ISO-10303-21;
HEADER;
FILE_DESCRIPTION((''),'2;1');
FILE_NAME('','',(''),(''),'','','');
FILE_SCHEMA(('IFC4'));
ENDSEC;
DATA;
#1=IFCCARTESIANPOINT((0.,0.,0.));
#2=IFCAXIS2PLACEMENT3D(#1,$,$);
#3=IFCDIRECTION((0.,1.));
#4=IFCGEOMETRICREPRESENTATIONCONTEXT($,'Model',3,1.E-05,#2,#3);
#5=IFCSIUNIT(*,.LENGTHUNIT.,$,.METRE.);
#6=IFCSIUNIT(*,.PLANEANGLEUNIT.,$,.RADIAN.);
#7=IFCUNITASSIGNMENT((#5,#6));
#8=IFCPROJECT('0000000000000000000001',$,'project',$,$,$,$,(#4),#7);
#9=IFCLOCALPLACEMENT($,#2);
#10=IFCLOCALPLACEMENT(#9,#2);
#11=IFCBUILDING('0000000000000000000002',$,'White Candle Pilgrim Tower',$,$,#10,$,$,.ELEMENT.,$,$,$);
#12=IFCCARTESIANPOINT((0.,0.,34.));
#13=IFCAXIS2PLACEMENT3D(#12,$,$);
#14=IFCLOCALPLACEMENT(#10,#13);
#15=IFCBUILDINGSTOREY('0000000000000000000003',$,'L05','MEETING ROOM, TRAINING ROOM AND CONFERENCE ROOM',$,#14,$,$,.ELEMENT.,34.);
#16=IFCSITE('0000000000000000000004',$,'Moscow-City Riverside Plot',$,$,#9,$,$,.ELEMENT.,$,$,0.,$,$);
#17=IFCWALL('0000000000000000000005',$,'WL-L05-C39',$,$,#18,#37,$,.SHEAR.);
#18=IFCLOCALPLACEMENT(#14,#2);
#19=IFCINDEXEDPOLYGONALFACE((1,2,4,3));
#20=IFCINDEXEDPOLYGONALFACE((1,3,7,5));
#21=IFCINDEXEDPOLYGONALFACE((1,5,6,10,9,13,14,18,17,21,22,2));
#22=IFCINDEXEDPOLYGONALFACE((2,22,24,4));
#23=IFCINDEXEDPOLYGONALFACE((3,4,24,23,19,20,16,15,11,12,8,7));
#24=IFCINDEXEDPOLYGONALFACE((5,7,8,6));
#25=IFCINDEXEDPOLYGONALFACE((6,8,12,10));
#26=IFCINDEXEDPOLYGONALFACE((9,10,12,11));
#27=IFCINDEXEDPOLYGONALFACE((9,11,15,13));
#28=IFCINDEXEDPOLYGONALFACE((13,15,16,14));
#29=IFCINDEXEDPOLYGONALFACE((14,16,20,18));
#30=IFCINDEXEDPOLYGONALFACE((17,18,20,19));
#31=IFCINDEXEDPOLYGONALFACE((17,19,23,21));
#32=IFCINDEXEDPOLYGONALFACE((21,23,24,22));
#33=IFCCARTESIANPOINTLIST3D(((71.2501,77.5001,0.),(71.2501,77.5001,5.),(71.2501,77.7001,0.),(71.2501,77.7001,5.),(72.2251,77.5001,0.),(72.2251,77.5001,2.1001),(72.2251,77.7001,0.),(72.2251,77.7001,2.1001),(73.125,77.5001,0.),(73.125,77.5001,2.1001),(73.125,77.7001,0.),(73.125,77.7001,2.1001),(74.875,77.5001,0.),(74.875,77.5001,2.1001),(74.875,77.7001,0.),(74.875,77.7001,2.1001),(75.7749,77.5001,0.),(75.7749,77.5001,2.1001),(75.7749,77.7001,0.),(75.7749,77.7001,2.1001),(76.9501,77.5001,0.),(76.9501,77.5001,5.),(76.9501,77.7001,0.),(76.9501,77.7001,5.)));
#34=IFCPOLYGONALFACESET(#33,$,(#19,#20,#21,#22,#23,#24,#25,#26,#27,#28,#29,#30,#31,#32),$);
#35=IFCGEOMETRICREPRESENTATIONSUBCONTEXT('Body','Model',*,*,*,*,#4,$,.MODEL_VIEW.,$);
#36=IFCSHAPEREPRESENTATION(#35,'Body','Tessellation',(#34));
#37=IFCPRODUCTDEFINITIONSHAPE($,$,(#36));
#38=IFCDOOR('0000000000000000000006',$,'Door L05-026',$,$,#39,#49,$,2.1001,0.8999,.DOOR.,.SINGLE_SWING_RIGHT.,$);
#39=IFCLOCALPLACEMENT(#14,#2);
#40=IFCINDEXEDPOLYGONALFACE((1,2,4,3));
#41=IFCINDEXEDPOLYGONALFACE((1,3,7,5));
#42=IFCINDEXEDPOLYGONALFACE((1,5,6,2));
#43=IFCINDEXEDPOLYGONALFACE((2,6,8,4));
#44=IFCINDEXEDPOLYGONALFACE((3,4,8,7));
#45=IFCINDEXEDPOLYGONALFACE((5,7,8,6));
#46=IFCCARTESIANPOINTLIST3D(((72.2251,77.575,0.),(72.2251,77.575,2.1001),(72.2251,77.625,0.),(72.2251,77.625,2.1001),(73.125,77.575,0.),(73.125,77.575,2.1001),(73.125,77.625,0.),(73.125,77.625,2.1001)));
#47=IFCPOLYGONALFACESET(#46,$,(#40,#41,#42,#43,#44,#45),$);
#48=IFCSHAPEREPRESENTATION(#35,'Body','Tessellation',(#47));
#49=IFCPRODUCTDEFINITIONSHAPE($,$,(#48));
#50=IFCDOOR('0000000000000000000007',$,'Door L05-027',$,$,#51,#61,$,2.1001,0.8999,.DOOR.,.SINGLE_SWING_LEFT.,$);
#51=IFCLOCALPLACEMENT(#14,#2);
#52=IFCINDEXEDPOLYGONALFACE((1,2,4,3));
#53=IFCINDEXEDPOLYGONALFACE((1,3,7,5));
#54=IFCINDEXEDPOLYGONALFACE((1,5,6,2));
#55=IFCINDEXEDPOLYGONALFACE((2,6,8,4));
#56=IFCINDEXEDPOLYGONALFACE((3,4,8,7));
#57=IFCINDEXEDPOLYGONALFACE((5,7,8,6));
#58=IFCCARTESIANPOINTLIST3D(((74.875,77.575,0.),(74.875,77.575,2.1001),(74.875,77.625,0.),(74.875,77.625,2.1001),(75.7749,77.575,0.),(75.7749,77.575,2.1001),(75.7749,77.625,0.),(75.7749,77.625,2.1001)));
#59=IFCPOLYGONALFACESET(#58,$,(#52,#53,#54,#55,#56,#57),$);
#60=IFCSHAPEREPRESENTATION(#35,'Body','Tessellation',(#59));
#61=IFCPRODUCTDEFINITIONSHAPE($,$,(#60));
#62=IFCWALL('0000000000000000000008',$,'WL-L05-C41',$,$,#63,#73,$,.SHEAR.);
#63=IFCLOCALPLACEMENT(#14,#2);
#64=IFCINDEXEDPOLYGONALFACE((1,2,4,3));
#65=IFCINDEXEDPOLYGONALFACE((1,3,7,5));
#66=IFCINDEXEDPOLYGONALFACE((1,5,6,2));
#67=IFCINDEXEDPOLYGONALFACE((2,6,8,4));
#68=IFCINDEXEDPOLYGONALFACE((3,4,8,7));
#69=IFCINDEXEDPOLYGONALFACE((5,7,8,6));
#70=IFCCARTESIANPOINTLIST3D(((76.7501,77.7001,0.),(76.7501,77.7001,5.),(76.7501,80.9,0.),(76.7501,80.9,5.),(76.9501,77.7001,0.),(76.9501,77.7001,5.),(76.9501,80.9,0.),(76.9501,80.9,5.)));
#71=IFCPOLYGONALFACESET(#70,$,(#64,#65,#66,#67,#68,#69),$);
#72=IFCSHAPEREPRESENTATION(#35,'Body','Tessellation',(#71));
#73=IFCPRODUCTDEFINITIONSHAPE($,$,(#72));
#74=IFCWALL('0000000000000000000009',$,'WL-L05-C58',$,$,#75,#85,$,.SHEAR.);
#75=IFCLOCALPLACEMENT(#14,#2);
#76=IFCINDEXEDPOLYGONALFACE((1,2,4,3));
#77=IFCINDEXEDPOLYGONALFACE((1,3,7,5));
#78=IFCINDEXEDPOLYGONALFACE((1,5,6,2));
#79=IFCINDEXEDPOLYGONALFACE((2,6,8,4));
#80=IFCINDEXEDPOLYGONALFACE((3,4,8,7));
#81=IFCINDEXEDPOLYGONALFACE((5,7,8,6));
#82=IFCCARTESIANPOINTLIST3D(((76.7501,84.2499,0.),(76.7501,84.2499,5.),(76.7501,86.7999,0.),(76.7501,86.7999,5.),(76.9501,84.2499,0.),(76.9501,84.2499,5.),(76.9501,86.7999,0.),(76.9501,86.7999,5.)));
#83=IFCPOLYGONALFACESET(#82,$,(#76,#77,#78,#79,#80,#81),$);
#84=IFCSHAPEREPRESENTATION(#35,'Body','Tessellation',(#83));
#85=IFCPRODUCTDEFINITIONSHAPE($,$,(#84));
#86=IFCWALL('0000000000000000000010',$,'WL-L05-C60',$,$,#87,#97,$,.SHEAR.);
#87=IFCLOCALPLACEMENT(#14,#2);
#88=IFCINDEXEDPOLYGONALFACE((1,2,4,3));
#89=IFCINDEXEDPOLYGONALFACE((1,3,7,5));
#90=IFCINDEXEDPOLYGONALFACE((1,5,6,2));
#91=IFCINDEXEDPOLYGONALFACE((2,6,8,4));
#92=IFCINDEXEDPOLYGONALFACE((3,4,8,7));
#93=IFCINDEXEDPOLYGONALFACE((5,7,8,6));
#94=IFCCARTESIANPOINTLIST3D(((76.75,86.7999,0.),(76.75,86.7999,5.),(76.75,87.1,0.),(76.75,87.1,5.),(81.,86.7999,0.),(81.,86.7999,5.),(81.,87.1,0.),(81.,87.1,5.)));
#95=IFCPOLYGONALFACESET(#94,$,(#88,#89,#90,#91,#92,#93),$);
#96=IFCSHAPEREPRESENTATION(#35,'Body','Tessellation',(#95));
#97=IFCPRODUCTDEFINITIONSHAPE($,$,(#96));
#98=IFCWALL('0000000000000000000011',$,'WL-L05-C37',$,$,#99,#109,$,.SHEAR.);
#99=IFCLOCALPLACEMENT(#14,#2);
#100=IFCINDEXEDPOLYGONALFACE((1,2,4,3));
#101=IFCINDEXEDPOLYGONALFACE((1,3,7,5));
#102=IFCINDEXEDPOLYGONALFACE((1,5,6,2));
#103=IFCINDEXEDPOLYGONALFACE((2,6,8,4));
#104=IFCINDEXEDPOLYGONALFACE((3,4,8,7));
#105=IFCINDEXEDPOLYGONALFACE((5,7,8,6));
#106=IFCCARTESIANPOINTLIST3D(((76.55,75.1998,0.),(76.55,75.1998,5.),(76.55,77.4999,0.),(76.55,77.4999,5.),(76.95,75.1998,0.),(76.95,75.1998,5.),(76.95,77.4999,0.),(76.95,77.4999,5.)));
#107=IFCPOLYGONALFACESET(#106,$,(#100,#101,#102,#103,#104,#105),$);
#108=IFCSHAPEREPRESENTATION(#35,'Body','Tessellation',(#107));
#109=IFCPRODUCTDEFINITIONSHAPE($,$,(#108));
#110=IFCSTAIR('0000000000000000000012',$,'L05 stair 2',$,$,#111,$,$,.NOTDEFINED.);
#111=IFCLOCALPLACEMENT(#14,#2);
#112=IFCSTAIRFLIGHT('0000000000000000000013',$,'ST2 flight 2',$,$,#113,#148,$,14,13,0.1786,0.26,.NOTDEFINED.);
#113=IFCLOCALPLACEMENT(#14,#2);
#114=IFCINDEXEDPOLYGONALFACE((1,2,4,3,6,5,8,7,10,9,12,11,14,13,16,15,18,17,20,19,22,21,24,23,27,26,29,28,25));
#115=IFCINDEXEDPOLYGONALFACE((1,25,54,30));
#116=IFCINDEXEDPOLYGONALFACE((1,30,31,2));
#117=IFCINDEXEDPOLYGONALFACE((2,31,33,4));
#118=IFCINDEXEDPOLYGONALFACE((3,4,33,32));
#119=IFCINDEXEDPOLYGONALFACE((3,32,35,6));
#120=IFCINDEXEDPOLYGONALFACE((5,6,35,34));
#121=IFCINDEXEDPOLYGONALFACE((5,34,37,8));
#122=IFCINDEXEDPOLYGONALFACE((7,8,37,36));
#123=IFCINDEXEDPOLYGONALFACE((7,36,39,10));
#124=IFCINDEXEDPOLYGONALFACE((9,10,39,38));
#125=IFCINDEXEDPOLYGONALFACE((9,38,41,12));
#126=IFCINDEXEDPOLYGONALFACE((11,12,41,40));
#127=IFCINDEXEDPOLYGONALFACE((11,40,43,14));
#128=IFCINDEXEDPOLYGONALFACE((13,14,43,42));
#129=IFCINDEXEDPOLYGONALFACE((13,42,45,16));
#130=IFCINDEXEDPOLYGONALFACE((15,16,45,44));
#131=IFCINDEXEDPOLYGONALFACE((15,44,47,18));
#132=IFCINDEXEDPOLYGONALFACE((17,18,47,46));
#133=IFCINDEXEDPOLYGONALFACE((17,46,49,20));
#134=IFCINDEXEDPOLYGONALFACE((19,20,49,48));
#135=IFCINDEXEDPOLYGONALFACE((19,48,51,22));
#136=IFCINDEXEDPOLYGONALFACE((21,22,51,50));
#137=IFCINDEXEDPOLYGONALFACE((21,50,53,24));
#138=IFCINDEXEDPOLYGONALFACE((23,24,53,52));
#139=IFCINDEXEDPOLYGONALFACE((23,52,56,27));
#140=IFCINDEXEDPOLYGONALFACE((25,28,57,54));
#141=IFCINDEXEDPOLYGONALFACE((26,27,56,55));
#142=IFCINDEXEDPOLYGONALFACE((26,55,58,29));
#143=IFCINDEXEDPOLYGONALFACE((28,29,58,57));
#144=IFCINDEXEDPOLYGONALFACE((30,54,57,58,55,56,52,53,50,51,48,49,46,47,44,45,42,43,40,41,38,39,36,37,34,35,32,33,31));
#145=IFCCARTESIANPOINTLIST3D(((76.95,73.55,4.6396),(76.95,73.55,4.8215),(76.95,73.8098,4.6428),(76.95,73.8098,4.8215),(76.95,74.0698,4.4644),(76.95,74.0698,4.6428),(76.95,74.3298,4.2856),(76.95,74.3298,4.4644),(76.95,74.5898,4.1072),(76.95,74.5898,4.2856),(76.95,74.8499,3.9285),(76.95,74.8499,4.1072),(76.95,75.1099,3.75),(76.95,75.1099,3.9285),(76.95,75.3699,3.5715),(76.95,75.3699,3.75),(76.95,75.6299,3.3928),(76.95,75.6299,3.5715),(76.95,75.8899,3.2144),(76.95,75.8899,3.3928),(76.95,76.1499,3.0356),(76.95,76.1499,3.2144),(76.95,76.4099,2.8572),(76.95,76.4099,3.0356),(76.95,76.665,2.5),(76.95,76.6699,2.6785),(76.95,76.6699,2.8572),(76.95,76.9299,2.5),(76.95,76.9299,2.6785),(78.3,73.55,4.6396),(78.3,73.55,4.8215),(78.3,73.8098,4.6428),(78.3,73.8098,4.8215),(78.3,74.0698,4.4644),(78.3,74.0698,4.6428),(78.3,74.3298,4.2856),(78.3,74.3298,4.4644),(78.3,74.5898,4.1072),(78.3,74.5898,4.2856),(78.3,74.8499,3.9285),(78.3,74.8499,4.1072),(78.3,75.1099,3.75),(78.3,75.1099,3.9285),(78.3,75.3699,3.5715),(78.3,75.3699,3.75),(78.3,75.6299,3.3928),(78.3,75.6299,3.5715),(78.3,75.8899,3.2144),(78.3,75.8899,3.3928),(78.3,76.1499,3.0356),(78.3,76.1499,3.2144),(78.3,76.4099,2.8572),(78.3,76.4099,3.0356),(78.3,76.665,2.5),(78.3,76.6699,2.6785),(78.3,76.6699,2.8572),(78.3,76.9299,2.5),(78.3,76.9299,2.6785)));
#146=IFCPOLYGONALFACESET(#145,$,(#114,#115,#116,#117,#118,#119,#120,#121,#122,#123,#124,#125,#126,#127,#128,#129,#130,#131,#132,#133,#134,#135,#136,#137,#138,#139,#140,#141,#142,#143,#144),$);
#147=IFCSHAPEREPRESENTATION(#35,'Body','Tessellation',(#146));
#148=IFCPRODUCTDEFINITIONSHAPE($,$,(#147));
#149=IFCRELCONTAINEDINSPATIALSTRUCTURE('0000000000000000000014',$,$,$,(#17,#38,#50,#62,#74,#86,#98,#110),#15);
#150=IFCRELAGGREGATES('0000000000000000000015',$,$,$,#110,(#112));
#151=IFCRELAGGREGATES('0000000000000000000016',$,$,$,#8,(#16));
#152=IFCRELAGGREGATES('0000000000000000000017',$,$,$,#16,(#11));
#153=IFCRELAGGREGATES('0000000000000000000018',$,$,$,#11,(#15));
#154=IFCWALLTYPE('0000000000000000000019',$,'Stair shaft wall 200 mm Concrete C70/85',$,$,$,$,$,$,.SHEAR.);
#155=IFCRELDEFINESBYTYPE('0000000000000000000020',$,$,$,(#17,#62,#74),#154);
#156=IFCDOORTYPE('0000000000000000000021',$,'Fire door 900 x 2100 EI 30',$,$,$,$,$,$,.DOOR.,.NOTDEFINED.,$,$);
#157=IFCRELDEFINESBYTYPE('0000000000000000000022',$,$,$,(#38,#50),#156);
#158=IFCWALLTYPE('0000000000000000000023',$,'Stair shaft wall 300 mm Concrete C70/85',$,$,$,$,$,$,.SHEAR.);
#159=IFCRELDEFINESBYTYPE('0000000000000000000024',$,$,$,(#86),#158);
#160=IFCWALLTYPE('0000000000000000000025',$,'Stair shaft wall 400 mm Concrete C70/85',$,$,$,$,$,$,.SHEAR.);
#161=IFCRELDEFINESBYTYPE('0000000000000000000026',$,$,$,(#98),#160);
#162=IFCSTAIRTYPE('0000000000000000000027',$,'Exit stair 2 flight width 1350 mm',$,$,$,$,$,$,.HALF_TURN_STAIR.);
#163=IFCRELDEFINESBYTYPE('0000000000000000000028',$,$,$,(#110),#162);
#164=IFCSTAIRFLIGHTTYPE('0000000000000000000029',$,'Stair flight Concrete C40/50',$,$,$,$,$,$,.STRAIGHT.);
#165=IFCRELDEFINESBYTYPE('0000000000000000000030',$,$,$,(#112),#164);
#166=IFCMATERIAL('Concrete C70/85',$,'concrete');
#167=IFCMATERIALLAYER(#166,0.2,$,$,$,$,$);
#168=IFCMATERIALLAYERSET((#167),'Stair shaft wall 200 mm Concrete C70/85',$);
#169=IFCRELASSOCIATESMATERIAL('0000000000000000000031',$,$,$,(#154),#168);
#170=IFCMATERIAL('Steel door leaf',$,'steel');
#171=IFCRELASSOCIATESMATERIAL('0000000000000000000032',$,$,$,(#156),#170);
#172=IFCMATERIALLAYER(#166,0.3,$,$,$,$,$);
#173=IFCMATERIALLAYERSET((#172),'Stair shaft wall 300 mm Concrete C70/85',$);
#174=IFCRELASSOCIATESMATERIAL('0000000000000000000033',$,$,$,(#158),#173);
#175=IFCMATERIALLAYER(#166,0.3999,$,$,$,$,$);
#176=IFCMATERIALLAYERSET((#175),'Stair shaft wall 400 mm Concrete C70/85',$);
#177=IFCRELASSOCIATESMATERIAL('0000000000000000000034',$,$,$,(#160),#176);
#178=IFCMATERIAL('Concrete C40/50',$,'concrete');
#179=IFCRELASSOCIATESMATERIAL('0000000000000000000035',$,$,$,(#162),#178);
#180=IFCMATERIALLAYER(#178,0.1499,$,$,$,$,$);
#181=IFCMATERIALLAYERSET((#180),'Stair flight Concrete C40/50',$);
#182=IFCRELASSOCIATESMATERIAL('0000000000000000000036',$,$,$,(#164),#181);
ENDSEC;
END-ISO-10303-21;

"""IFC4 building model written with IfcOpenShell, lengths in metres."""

from ifc_helpers import new_model, si_unit, direction, frame, frame_2d, origin, place, context, subcontext, project, spatial, polyline, rectangle, outline, extrude, material, layer, layer_set, type_object, element, fill, aggregate, save


model = new_model("IFC4")

# Units and contexts
model_context = context("Model", 3, precision=1e-05, world=origin(), true_north=direction((0.0, 1.0)))
body_context = subcontext(model_context, "Body", "Model", "MODEL_VIEW")
ifc_project = project(units=[si_unit("LENGTHUNIT", "METRE"), si_unit("PLANEANGLEUNIT", "RADIAN")], contexts=[model_context])

# Site, building, storey
site_placement = place(None, origin())
site = spatial("IfcSite", under=ifc_project, at=site_placement, Name="Moscow-City Riverside Plot", CompositionType="ELEMENT", RefElevation=0.0)
building_placement = place(site_placement, origin())
building = spatial("IfcBuilding", under=site, at=building_placement, Name="White Candle Pilgrim Tower", CompositionType="ELEMENT")
storey_placement = place(building_placement, frame((0.0, 0.0, 34.0)))
storey = spatial("IfcBuildingStorey", under=building, at=storey_placement, Name="L05", Description="MEETING ROOM, TRAINING ROOM AND CONFERENCE ROOM", CompositionType="ELEMENT", Elevation=34.0)

# Shared definitions
ifc_material_1 = material(Name="Concrete C70/85", Category="concrete")
ifc_material_2 = material(Name="Steel door leaf", Category="steel")

# Wall, openings, doors
ifc_layer_1 = layer(ifc_material_1, 0.2)
ifc_layer_set_1 = layer_set([ifc_layer_1], Name="Stair shaft wall 200 mm Concrete C70/85")
wall_type_1 = type_object("IfcWallType", Name="Stair shaft wall 200 mm Concrete C70/85", PredefinedType="SHEAR", material=ifc_layer_set_1)
wall_1_placement = place(storey_placement, frame((71.25, 77.6001, 0.0), z_axis=(0.0, 0.0, 1.0), x_axis=(1.0, 0.0, 0.0)))
wall_1 = element("IfcWall", 1, at=wall_1_placement, inside=storey, type_object=wall_type_1, Name="WL-L05-C39", PredefinedType="SHEAR", context=body_context, shape_type="SweptSolid", body=[
    extrude(rectangle(XDim=5.7, YDim=0.2, at=frame_2d((2.8501, 0.0))), origin(), (0.0, 0.0, 1.0), 5.0),
])
opening_1_placement = place(wall_1_placement, frame((0.9751, 0.0, 0.0)))
opening_1 = element("IfcOpeningElement", 2, at=opening_1_placement, cuts=wall_1, PredefinedType="OPENING", context=body_context, shape_type="SweptSolid", body=[
    extrude(rectangle(XDim=0.8999, YDim=2.1001, at=frame_2d((0.45, 1.05))), frame((0.0, 0.1099, 0.0), z_axis=(0.0, -1.0, 0.0), x_axis=(1.0, 0.0, 0.0)), (0.0, 0.0, 1.0), 0.22),
])
opening_2_placement = place(wall_1_placement, frame((3.625, 0.0, 0.0)))
opening_2 = element("IfcOpeningElement", 3, at=opening_2_placement, cuts=wall_1, PredefinedType="OPENING", context=body_context, shape_type="SweptSolid", body=[
    extrude(rectangle(XDim=0.8999, YDim=2.1001, at=frame_2d((0.45, 1.05))), frame((0.0, 0.1099, 0.0), z_axis=(0.0, -1.0, 0.0), x_axis=(1.0, 0.0, 0.0)), (0.0, 0.0, 1.0), 0.22),
])
door_type_1 = type_object("IfcDoorType", Name="Fire door 900 x 2100 EI 30", OperationType="NOTDEFINED", PredefinedType="DOOR", material=ifc_material_2)
door_1_placement = place(opening_1_placement, origin())
door_1 = element("IfcDoor", 4, at=door_1_placement, inside=storey, type_object=door_type_1, Name="Door L05-026", OperationType="SINGLE_SWING_RIGHT", OverallHeight=2.1001, OverallWidth=0.8999, PredefinedType="DOOR", context=body_context, shape_type="SweptSolid", body=[
    extrude(rectangle(XDim=0.8999, YDim=2.1001, at=frame_2d((0.45, 1.05))), frame((0.0, 0.0249, 0.0), z_axis=(0.0, -1.0, 0.0), x_axis=(1.0, 0.0, 0.0)), (0.0, 0.0, 1.0), 0.05),
])
fill(opening_1, door_1)
door_2_placement = place(opening_2_placement, origin())
door_2 = element("IfcDoor", 5, at=door_2_placement, inside=storey, type_object=door_type_1, Name="Door L05-027", OperationType="SINGLE_SWING_LEFT", OverallHeight=2.1001, OverallWidth=0.8999, PredefinedType="DOOR", context=body_context, shape_type="SweptSolid", body=[
    extrude(rectangle(XDim=0.8999, YDim=2.1001, at=frame_2d((0.45, 1.05))), frame((0.0, 0.0249, 0.0), z_axis=(0.0, -1.0, 0.0), x_axis=(1.0, 0.0, 0.0)), (0.0, 0.0, 1.0), 0.05),
])
fill(opening_2, door_2)

# Walls
wall_2_placement = place(storey_placement, frame((76.8501, 77.7, 0.0), z_axis=(0.0, 0.0, 1.0), x_axis=(0.0, 1.0, 0.0)))
element("IfcWall", 6, at=wall_2_placement, inside=storey, type_object=wall_type_1, Name="WL-L05-C41", PredefinedType="SHEAR", context=body_context, shape_type="SweptSolid", body=[
    extrude(rectangle(XDim=3.2, YDim=0.2, at=frame_2d((1.6001, 0.0))), origin(), (0.0, 0.0, 1.0), 5.0),
])
wall_3_placement = place(storey_placement, frame((76.8501, 84.25, 0.0), z_axis=(0.0, 0.0, 1.0), x_axis=(0.0, 1.0, 0.0)))
element("IfcWall", 7, at=wall_3_placement, inside=storey, type_object=wall_type_1, Name="WL-L05-C58", PredefinedType="SHEAR", context=body_context, shape_type="SweptSolid", body=[
    extrude(rectangle(XDim=2.55, YDim=0.2, at=frame_2d((1.2749, 0.0))), origin(), (0.0, 0.0, 1.0), 5.0),
])
ifc_layer_2 = layer(ifc_material_1, 0.3)
ifc_layer_set_2 = layer_set([ifc_layer_2], Name="Stair shaft wall 300 mm Concrete C70/85")
wall_type_2 = type_object("IfcWallType", Name="Stair shaft wall 300 mm Concrete C70/85", PredefinedType="SHEAR", material=ifc_layer_set_2)
wall_4_placement = place(storey_placement, frame((76.75, 86.95, 0.0), z_axis=(0.0, 0.0, 1.0), x_axis=(1.0, 0.0, 0.0)))
element("IfcWall", 8, at=wall_4_placement, inside=storey, type_object=wall_type_2, Name="WL-L05-C60", PredefinedType="SHEAR", context=body_context, shape_type="SweptSolid", body=[
    extrude(rectangle(XDim=4.25, YDim=0.3, at=frame_2d((2.125, 0.0))), origin(), (0.0, 0.0, 1.0), 5.0),
])
ifc_layer_3 = layer(ifc_material_1, 0.3999)
ifc_layer_set_3 = layer_set([ifc_layer_3], Name="Stair shaft wall 400 mm Concrete C70/85")
wall_type_3 = type_object("IfcWallType", Name="Stair shaft wall 400 mm Concrete C70/85", PredefinedType="SHEAR", material=ifc_layer_set_3)
wall_5_placement = place(storey_placement, frame((76.75, 75.2, 0.0), z_axis=(0.0, 0.0, 1.0), x_axis=(0.0, 1.0, 0.0)))
element("IfcWall", 9, at=wall_5_placement, inside=storey, type_object=wall_type_3, Name="WL-L05-C37", PredefinedType="SHEAR", context=body_context, shape_type="SweptSolid", body=[
    extrude(rectangle(XDim=2.3, YDim=0.3999, at=frame_2d((1.1499, 0.0))), origin(), (0.0, 0.0, 1.0), 5.0),
])

# Stair, stair flight
ifc_material_3 = material(Name="Concrete C40/50", Category="concrete")
stair_type_1 = type_object("IfcStairType", Name="Exit stair 2 flight width 1350 mm", PredefinedType="HALF_TURN_STAIR", material=ifc_material_3)
stair_1_placement = place(storey_placement, origin())
stair_1 = element("IfcStair", 10, at=stair_1_placement, inside=storey, type_object=stair_type_1, Name="L05 stair 2", PredefinedType="NOTDEFINED")
ifc_layer_4 = layer(ifc_material_3, 0.1499)
ifc_layer_set_4 = layer_set([ifc_layer_4], Name="Stair flight Concrete C40/50")
stair_flight_type = type_object("IfcStairFlightType", Name="Stair flight Concrete C40/50", PredefinedType="STRAIGHT", material=ifc_layer_set_4)
stair_flight_1_placement = place(storey_placement, frame((77.625, 76.9299, 2.5), z_axis=(0.0, 0.0, 1.0), x_axis=(0.0, -1.0, 0.0)))
stair_flight_1 = element("IfcStairFlight", 11, at=stair_flight_1_placement, type_object=stair_flight_type, Name="ST2 flight 2", NumberOfRisers=14, NumberOfTreads=13, PredefinedType="NOTDEFINED", RiserHeight=0.1786, TreadLength=0.26, context=body_context, shape_type="SweptSolid", body=[
    extrude(outline(polyline([(0.0, 0.0), (0.0, 0.1785), (0.26, 0.1785), (0.26, 0.3572), (0.52, 0.3572), (0.52, 0.5356), (0.78, 0.5356), (0.78, 0.7144), (1.04, 0.7144), (1.04, 0.8928), (1.3, 0.8928), (1.3, 1.0715), (1.5601, 1.0715), (1.5601, 1.25), (1.8201, 1.25), (1.8201, 1.4285), (2.0801, 1.4285), (2.0801, 1.6072), (2.3401, 1.6072), (2.3401, 1.7856), (2.6001, 1.7856), (2.6001, 1.9644), (2.8601, 1.9644), (2.8601, 2.1428), (3.1201, 2.1428), (3.1201, 2.3215), (3.3799, 2.3215), (3.3799, 2.5), (3.3799, 2.1396), (0.2649, 0.0), (0.0, 0.0)])), frame((0.0, 0.675, 0.0), z_axis=(0.0, -1.0, 0.0), x_axis=(1.0, 0.0, 0.0)), (0.0, 0.0, 1.0), 1.3501),
])
aggregate(stair_1, [stair_flight_1])

save(model, "model.ifc")
